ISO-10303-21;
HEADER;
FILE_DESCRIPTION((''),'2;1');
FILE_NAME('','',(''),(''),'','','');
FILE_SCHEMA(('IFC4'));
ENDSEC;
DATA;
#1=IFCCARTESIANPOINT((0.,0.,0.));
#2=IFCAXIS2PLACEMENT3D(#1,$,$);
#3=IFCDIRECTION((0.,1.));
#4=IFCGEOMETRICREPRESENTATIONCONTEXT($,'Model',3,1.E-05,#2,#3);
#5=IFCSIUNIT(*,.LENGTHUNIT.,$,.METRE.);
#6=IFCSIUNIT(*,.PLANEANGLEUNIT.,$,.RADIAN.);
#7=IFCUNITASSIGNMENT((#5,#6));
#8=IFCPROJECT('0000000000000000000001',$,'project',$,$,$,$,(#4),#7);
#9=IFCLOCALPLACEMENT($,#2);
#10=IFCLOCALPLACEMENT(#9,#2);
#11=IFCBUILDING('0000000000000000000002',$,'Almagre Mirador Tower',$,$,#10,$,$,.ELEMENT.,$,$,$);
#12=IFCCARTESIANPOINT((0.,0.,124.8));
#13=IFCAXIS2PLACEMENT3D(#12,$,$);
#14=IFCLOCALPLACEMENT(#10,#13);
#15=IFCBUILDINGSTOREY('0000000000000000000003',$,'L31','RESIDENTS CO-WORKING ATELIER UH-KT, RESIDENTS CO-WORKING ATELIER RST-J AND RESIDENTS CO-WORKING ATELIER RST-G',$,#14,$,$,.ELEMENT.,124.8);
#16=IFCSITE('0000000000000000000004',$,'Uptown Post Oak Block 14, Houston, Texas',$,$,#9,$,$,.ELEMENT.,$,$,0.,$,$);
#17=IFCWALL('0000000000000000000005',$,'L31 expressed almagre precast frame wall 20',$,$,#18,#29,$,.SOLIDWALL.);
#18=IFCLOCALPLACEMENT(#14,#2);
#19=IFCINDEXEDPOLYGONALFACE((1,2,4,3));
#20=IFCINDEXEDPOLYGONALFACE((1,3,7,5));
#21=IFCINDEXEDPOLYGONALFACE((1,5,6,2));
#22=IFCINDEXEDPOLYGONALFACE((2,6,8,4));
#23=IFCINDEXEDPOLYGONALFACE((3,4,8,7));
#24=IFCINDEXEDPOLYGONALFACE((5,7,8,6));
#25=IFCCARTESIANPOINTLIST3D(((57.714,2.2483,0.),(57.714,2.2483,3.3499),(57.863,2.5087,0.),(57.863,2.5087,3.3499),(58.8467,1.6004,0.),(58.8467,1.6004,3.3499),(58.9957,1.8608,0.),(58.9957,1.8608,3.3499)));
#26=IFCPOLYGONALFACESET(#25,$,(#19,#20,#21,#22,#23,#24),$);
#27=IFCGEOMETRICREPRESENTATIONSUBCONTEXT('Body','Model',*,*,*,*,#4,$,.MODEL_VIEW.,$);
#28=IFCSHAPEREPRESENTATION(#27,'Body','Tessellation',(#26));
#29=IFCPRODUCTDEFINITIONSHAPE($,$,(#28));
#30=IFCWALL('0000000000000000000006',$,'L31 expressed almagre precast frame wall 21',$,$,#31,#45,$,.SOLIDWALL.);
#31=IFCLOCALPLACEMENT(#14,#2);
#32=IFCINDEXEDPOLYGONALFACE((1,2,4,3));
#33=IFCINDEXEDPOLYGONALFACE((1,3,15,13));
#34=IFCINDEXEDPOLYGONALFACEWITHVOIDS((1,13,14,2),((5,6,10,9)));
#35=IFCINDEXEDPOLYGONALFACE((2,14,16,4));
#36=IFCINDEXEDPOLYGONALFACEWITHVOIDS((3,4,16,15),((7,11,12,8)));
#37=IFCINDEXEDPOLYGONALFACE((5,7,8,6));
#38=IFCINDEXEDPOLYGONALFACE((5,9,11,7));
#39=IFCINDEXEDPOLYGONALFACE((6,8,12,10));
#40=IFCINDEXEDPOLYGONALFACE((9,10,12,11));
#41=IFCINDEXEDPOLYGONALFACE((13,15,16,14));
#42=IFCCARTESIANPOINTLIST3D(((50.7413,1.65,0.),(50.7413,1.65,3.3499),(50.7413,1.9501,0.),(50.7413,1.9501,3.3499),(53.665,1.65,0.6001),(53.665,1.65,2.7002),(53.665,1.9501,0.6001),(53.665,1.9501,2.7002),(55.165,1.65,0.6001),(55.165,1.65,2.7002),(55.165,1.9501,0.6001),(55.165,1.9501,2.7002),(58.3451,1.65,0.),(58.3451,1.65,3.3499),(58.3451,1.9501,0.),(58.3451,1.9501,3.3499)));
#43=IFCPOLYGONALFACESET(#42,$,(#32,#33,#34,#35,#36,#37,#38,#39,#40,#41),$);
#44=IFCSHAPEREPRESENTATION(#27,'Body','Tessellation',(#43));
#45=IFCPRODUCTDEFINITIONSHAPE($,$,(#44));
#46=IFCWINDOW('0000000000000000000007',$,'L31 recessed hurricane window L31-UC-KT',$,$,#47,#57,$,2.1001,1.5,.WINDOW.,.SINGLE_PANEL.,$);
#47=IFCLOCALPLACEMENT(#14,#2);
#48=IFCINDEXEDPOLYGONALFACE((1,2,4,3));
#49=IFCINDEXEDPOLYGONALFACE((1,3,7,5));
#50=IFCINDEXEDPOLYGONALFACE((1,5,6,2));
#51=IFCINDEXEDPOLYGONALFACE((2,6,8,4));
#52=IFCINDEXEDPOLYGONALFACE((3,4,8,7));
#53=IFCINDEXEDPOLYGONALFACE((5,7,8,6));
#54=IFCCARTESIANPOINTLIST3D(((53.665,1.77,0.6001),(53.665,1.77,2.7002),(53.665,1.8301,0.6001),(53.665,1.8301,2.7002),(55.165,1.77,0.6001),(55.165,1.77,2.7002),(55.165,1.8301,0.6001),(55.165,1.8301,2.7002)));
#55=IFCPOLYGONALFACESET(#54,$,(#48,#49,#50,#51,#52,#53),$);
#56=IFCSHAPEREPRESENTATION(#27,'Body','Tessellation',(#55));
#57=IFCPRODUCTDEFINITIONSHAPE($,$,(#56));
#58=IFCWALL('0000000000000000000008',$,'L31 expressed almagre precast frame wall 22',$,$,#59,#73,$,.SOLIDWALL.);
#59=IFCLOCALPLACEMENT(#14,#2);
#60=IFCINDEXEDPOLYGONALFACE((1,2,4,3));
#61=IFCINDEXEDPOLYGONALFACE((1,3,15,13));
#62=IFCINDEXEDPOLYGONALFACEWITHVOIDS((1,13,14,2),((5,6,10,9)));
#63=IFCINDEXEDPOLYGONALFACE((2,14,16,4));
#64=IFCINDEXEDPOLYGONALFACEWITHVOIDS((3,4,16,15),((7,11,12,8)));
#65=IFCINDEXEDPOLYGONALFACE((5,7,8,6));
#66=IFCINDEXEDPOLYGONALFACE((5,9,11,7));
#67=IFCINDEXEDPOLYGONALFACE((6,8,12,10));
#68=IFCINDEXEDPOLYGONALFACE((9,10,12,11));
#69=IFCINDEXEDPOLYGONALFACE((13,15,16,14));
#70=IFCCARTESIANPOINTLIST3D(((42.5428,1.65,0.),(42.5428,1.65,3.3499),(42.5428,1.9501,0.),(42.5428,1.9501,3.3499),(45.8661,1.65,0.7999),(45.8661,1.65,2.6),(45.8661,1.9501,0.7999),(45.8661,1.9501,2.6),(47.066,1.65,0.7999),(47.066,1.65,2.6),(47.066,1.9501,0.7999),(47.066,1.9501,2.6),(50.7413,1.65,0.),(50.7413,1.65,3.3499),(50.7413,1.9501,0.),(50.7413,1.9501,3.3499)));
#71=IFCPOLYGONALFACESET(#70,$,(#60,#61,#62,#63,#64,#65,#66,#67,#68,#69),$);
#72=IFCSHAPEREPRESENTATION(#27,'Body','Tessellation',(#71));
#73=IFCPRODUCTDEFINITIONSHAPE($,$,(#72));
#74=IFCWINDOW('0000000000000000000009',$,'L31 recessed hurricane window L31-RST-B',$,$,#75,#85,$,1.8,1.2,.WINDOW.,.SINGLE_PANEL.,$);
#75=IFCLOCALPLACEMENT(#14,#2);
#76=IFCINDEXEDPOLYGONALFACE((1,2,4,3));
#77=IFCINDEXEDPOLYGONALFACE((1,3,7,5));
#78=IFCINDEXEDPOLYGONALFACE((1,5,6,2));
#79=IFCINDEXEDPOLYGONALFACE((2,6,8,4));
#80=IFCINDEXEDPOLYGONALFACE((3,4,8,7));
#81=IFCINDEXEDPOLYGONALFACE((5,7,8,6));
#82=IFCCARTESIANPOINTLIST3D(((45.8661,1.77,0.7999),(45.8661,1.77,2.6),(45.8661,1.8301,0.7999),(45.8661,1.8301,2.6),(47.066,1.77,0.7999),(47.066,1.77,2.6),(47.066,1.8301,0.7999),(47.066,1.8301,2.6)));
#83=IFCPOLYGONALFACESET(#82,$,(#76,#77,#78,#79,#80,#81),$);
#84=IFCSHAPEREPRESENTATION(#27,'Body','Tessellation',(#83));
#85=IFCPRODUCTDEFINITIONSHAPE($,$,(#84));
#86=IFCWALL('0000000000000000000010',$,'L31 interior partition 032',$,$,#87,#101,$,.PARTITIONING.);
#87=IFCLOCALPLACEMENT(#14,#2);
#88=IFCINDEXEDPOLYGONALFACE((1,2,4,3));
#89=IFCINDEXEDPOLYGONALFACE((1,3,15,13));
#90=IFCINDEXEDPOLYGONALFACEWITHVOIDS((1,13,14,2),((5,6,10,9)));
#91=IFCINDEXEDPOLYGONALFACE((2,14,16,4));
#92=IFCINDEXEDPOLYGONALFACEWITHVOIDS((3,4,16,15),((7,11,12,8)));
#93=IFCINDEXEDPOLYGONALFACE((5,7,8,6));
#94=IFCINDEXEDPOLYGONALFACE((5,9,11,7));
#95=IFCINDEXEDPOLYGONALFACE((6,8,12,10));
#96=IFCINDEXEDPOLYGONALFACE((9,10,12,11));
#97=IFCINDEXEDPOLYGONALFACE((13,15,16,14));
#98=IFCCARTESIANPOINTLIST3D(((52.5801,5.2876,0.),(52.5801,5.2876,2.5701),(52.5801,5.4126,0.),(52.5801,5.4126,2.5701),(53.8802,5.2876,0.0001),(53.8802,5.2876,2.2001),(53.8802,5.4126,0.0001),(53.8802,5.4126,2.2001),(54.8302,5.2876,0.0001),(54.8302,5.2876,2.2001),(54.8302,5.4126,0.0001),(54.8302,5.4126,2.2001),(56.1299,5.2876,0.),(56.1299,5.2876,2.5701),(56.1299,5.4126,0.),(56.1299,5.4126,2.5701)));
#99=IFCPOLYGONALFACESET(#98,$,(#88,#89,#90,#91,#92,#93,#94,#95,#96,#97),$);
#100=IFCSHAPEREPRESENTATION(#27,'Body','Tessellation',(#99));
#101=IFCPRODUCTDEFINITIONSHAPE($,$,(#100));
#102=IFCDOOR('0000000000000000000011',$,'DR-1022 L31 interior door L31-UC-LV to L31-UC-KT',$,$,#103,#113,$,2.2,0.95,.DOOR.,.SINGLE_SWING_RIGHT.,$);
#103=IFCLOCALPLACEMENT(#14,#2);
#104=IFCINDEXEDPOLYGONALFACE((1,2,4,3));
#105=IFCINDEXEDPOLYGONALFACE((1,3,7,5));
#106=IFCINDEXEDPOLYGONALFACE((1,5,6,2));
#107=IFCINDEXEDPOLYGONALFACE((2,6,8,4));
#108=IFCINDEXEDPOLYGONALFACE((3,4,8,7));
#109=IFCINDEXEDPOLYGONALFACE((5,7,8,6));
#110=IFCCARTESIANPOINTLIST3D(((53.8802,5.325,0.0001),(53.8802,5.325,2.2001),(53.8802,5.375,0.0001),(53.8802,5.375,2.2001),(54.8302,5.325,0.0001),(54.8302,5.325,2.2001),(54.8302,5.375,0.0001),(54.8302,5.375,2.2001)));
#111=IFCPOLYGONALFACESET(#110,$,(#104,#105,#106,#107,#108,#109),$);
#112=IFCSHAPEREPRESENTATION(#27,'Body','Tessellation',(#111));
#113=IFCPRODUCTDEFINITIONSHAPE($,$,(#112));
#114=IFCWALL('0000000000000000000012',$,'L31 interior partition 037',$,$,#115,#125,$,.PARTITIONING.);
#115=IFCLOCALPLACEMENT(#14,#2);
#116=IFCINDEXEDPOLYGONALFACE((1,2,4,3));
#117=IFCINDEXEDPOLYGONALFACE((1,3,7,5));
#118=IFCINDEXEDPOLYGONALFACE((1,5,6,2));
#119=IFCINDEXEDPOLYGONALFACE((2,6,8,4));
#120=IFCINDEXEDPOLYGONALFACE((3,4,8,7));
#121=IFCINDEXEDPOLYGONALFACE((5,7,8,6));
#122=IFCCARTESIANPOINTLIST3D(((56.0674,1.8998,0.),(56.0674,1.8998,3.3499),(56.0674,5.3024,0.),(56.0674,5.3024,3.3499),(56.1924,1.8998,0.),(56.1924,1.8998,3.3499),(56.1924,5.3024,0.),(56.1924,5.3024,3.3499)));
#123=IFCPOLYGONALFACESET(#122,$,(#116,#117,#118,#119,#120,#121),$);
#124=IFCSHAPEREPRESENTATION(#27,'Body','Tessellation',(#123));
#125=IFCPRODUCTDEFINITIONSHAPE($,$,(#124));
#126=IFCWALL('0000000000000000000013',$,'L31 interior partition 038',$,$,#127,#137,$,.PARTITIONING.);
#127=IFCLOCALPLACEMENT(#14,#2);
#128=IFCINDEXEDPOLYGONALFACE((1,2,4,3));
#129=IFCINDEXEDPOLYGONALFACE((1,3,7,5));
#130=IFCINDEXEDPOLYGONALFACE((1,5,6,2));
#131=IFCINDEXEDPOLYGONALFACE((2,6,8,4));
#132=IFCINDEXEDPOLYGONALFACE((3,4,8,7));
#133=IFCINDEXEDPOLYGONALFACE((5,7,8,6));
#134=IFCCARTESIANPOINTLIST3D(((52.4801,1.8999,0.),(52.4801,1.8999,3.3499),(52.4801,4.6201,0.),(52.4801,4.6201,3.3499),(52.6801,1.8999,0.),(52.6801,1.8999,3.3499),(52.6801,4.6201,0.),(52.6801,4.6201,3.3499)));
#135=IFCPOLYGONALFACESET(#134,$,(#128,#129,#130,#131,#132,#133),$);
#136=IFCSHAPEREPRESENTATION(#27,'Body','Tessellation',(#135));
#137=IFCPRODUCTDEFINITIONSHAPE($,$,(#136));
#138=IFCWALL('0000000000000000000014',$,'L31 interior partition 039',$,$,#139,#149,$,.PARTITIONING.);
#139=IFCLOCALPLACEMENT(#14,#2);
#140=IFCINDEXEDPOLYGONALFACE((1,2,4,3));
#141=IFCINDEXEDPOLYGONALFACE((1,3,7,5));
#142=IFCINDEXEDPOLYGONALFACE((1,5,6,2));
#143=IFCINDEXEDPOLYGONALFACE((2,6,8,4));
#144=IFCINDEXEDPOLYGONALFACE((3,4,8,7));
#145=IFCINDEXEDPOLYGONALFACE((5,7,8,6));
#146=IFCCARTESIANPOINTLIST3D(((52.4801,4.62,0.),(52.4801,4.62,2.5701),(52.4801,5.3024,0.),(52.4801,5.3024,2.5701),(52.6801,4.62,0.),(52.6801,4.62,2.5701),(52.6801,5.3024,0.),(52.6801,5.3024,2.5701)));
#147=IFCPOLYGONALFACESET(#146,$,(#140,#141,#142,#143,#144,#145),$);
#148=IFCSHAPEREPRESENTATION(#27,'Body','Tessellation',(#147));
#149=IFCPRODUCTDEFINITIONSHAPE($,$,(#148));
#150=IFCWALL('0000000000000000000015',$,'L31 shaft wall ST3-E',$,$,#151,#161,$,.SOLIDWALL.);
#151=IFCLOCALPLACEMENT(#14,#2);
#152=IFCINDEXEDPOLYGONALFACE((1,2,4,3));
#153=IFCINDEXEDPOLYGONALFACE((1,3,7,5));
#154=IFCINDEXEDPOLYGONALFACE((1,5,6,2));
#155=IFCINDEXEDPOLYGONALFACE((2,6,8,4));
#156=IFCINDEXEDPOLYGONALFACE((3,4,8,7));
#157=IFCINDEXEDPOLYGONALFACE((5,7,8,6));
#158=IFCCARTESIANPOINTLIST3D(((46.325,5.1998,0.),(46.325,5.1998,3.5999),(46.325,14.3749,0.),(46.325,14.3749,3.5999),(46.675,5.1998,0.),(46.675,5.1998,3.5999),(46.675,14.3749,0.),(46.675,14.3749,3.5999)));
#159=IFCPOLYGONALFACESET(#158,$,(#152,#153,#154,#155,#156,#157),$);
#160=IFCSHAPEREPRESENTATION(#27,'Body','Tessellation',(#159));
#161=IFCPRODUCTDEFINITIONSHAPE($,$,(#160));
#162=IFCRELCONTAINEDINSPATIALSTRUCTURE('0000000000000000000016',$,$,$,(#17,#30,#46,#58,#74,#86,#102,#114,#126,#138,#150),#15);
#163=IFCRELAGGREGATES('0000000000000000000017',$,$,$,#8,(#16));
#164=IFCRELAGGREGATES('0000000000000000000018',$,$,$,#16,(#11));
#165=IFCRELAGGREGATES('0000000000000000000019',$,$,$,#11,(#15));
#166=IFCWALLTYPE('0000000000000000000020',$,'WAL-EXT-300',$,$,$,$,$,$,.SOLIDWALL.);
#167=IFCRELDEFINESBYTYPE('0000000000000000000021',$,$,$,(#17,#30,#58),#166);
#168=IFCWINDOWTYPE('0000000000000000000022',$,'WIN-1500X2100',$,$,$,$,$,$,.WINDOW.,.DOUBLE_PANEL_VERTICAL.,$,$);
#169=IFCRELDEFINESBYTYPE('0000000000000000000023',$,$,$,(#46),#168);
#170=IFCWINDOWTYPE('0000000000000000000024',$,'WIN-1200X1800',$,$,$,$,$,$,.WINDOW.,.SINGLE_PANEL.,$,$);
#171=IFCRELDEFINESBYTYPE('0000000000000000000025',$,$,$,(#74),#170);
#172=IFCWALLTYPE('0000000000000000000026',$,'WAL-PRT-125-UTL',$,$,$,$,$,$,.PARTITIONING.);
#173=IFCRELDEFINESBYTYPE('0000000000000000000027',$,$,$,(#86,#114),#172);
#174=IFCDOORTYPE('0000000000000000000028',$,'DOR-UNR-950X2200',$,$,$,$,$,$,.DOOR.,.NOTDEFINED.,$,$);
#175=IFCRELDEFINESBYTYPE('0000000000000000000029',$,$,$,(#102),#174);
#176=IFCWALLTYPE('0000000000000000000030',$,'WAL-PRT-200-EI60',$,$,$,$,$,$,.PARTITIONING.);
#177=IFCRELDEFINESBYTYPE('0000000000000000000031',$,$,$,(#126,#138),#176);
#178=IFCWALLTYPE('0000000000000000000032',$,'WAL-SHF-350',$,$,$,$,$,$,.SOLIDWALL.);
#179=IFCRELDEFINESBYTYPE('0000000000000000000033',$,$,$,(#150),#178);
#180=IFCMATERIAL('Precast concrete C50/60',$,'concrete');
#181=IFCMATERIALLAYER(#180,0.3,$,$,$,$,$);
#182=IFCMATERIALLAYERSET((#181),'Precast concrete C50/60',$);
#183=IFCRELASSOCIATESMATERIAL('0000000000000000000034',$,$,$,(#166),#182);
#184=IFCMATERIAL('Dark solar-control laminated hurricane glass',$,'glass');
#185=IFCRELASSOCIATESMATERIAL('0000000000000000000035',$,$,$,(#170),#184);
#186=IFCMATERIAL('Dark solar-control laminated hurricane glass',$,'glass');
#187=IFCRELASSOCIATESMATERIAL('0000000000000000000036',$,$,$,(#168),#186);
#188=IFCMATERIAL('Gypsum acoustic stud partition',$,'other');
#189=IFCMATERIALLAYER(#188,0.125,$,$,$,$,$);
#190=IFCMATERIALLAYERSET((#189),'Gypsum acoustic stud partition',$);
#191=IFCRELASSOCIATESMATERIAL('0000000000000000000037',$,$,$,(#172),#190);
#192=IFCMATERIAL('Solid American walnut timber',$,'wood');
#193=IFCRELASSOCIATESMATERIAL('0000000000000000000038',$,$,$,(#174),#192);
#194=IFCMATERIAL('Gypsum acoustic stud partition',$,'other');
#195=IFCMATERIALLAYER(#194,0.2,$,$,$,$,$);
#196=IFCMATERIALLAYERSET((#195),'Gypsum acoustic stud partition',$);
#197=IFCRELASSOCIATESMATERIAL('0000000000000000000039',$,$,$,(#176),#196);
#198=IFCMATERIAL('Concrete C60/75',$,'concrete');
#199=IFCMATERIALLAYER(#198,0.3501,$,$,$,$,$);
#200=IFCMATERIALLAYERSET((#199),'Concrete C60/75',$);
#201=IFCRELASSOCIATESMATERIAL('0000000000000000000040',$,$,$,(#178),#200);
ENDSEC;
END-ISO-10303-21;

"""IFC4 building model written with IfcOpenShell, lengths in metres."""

from ifc_helpers import new_model, si_unit, direction, frame, frame_2d, origin, place, context, subcontext, project, spatial, rectangle, extrude, material, layer, layer_set, type_object, element, fill, save


model = new_model("IFC4")

# Units and contexts
model_context = context("Model", 3, precision=1e-05, world=origin(), true_north=direction((0.0, 1.0)))
body_context = subcontext(model_context, "Body", "Model", "MODEL_VIEW")
ifc_project = project(units=[si_unit("LENGTHUNIT", "METRE"), si_unit("PLANEANGLEUNIT", "RADIAN")], contexts=[model_context])

# Site, building, storey
site_placement = place(None, origin())
site = spatial("IfcSite", under=ifc_project, at=site_placement, Name="Uptown Post Oak Block 14, Houston, Texas", CompositionType="ELEMENT", RefElevation=0.0)
building_placement = place(site_placement, origin())
building = spatial("IfcBuilding", under=site, at=building_placement, Name="Almagre Mirador Tower", CompositionType="ELEMENT")
storey_placement = place(building_placement, frame((0.0, 0.0, 124.8)))
storey = spatial("IfcBuildingStorey", under=building, at=storey_placement, Name="L31", Description="RESIDENTS CO-WORKING ATELIER UH-KT, RESIDENTS CO-WORKING ATELIER RST-J AND RESIDENTS CO-WORKING ATELIER RST-G", CompositionType="ELEMENT", Elevation=124.8)

# Shared definitions
ifc_material_1 = material(Name="Precast concrete C50/60", Category="concrete")
ifc_layer_1 = layer(ifc_material_1, 0.3)
ifc_layer_set_1 = layer_set([ifc_layer_1], Name="Precast concrete C50/60")
wall_type_1 = type_object("IfcWallType", Name="WAL-EXT-300", PredefinedType="SOLIDWALL", material=ifc_layer_set_1)
ifc_material_2 = material(Name="Dark solar-control laminated hurricane glass", Category="glass")
window_type_1 = type_object("IfcWindowType", Name="WIN-1200X1800", PartitioningType="SINGLE_PANEL", PredefinedType="WINDOW", material=ifc_material_2)

# Wall
wall_1_placement = place(storey_placement, frame((57.7886, 2.3784, 0.0), z_axis=(0.0, 0.0, 1.0), x_axis=(0.868036, -0.496502, 0.0)))
element("IfcWall", 1, at=wall_1_placement, inside=storey, type_object=wall_type_1, Name="L31 expressed almagre precast frame wall 20", PredefinedType="SOLIDWALL", context=body_context, shape_type="SweptSolid", body=[
    extrude(rectangle(XDim=1.3049, YDim=0.3, at=frame_2d((0.6523, 0.0))), origin(), (0.0, 0.0, 1.0), 3.3499),
])

# Walls, openings, windows
wall_2_placement = place(storey_placement, frame((58.345, 1.8, 0.0), z_axis=(0.0, 0.0, 1.0), x_axis=(-1.0, 0.0, 0.0)))
wall_2 = element("IfcWall", 2, at=wall_2_placement, inside=storey, type_object=wall_type_1, Name="L31 expressed almagre precast frame wall 21", PredefinedType="SOLIDWALL", context=body_context, shape_type="SweptSolid", body=[
    extrude(rectangle(XDim=7.6038, YDim=0.3, at=frame_2d((3.8018, 0.0))), origin(), (0.0, 0.0, 1.0), 3.3499),
])
opening_1_placement = place(wall_2_placement, frame((3.1799, 0.0, 0.6001)))
opening_1 = element("IfcOpeningElement", 3, at=opening_1_placement, cuts=wall_2, PredefinedType="OPENING", context=body_context, shape_type="SweptSolid", body=[
    extrude(rectangle(XDim=1.5, YDim=2.1001, at=frame_2d((0.75, 1.05))), frame((0.0, 0.1599, 0.0), z_axis=(0.0, -1.0, 0.0), x_axis=(1.0, 0.0, 0.0)), (0.0, 0.0, 1.0), 0.32),
])
ifc_material_3 = material(Name="Dark solar-control laminated hurricane glass", Category="glass")
window_type_2 = type_object("IfcWindowType", Name="WIN-1500X2100", PartitioningType="DOUBLE_PANEL_VERTICAL", PredefinedType="WINDOW", material=ifc_material_3)
window_1_placement = place(opening_1_placement, origin())
window_1 = element("IfcWindow", 4, at=window_1_placement, inside=storey, type_object=window_type_2, Name="L31 recessed hurricane window L31-UC-KT", OverallHeight=2.1001, OverallWidth=1.5, PartitioningType="SINGLE_PANEL", PredefinedType="WINDOW", context=body_context, shape_type="SweptSolid", body=[
    extrude(rectangle(XDim=1.5, YDim=2.1001, at=frame_2d((0.75, 1.05))), frame((0.0, 0.03, 0.0), z_axis=(0.0, -1.0, 0.0), x_axis=(1.0, 0.0, 0.0)), (0.0, 0.0, 1.0), 0.0601),
])
fill(opening_1, window_1)
wall_3_placement = place(storey_placement, frame((50.7412, 1.8, 0.0), z_axis=(0.0, 0.0, 1.0), x_axis=(-1.0, 0.0, 0.0)))
wall_3 = element("IfcWall", 5, at=wall_3_placement, inside=storey, type_object=wall_type_1, Name="L31 expressed almagre precast frame wall 22", PredefinedType="SOLIDWALL", context=body_context, shape_type="SweptSolid", body=[
    extrude(rectangle(XDim=8.1985, YDim=0.3, at=frame_2d((4.0991, 0.0))), origin(), (0.0, 0.0, 1.0), 3.3499),
])
opening_2_placement = place(wall_3_placement, frame((3.675, 0.0, 0.8)))
opening_2 = element("IfcOpeningElement", 6, at=opening_2_placement, cuts=wall_3, PredefinedType="OPENING", context=body_context, shape_type="SweptSolid", body=[
    extrude(rectangle(XDim=1.2, YDim=1.8, at=frame_2d((0.6001, 0.8999))), frame((0.0, 0.1599, 0.0), z_axis=(0.0, -1.0, 0.0), x_axis=(1.0, 0.0, 0.0)), (0.0, 0.0, 1.0), 0.32),
])
window_2_placement = place(opening_2_placement, origin())
window_2 = element("IfcWindow", 7, at=window_2_placement, inside=storey, type_object=window_type_1, Name="L31 recessed hurricane window L31-RST-B", OverallHeight=1.8, OverallWidth=1.2, PartitioningType="SINGLE_PANEL", PredefinedType="WINDOW", context=body_context, shape_type="SweptSolid", body=[
    extrude(rectangle(XDim=1.2, YDim=1.8, at=frame_2d((0.6001, 0.8999))), frame((0.0, 0.03, 0.0), z_axis=(0.0, -1.0, 0.0), x_axis=(1.0, 0.0, 0.0)), (0.0, 0.0, 1.0), 0.0601),
])
fill(opening_2, window_2)

# Wall, opening, door
ifc_material_4 = material(Name="Gypsum acoustic stud partition", Category="other")
ifc_layer_2 = layer(ifc_material_4, 0.125)
ifc_layer_set_2 = layer_set([ifc_layer_2], Name="Gypsum acoustic stud partition")
wall_type_2 = type_object("IfcWallType", Name="WAL-PRT-125-UTL", PredefinedType="PARTITIONING", material=ifc_layer_set_2)
wall_4_placement = place(storey_placement, frame((52.5801, 5.3501, 0.0), z_axis=(0.0, 0.0, 1.0), x_axis=(1.0, 0.0, 0.0)))
wall_4 = element("IfcWall", 8, at=wall_4_placement, inside=storey, type_object=wall_type_2, Name="L31 interior partition 032", PredefinedType="PARTITIONING", context=body_context, shape_type="SweptSolid", body=[
    extrude(rectangle(XDim=3.5498, YDim=0.125, at=frame_2d((1.7749, 0.0))), origin(), (0.0, 0.0, 1.0), 2.5701),
])
opening_3_placement = place(wall_4_placement, frame((1.3, 0.0, 0.0)))
opening_3 = element("IfcOpeningElement", 9, at=opening_3_placement, cuts=wall_4, PredefinedType="OPENING", context=body_context, shape_type="SweptSolid", body=[
    extrude(rectangle(XDim=0.95, YDim=2.2, at=frame_2d((0.4751, 1.1001))), frame((0.0, 0.0725, 0.0), z_axis=(0.0, -1.0, 0.0), x_axis=(1.0, 0.0, 0.0)), (0.0, 0.0, 1.0), 0.145),
])
ifc_material_5 = material(Name="Solid American walnut timber", Category="wood")
door_type = type_object("IfcDoorType", Name="DOR-UNR-950X2200", OperationType="NOTDEFINED", PredefinedType="DOOR", material=ifc_material_5)
door_placement = place(opening_3_placement, origin())
door = element("IfcDoor", 10, at=door_placement, inside=storey, type_object=door_type, Name="DR-1022 L31 interior door L31-UC-LV to L31-UC-KT", OperationType="SINGLE_SWING_RIGHT", OverallHeight=2.2, OverallWidth=0.95, PredefinedType="DOOR", context=body_context, shape_type="SweptSolid", body=[
    extrude(rectangle(XDim=0.95, YDim=2.2, at=frame_2d((0.4751, 1.1001))), frame((0.0, 0.0249, 0.0), z_axis=(0.0, -1.0, 0.0), x_axis=(1.0, 0.0, 0.0)), (0.0, 0.0, 1.0), 0.05),
])
fill(opening_3, door)

# Walls
wall_5_placement = place(storey_placement, frame((56.1299, 1.8999, 0.0), z_axis=(0.0, 0.0, 1.0), x_axis=(0.0, 1.0, 0.0)))
element("IfcWall", 11, at=wall_5_placement, inside=storey, type_object=wall_type_2, Name="L31 interior partition 037", PredefinedType="PARTITIONING", context=body_context, shape_type="SweptSolid", body=[
    extrude(rectangle(XDim=3.4026, YDim=0.125, at=frame_2d((1.7012, 0.0))), origin(), (0.0, 0.0, 1.0), 3.3499),
])
ifc_material_6 = material(Name="Gypsum acoustic stud partition", Category="other")
ifc_layer_3 = layer(ifc_material_6, 0.2)
ifc_layer_set_3 = layer_set([ifc_layer_3], Name="Gypsum acoustic stud partition")
wall_type_3 = type_object("IfcWallType", Name="WAL-PRT-200-EI60", PredefinedType="PARTITIONING", material=ifc_layer_set_3)
wall_6_placement = place(storey_placement, frame((52.5801, 4.6201, 0.0), z_axis=(0.0, 0.0, 1.0), x_axis=(0.0, -1.0, 0.0)))
element("IfcWall", 12, at=wall_6_placement, inside=storey, type_object=wall_type_3, Name="L31 interior partition 038", PredefinedType="PARTITIONING", context=body_context, shape_type="SweptSolid", body=[
    extrude(rectangle(XDim=2.7202, YDim=0.2, at=frame_2d((1.3601, 0.0))), origin(), (0.0, 0.0, 1.0), 3.3499),
])
wall_7_placement = place(storey_placement, frame((52.5801, 5.3025, 0.0), z_axis=(0.0, 0.0, 1.0), x_axis=(0.0, -1.0, 0.0)))
element("IfcWall", 13, at=wall_7_placement, inside=storey, type_object=wall_type_3, Name="L31 interior partition 039", PredefinedType="PARTITIONING", context=body_context, shape_type="SweptSolid", body=[
    extrude(rectangle(XDim=0.6824, YDim=0.2, at=frame_2d((0.3413, 0.0))), origin(), (0.0, 0.0, 1.0), 2.5701),
])
ifc_material_7 = material(Name="Concrete C60/75", Category="concrete")
ifc_layer_4 = layer(ifc_material_7, 0.3501)
ifc_layer_set_4 = layer_set([ifc_layer_4], Name="Concrete C60/75")
wall_type_4 = type_object("IfcWallType", Name="WAL-SHF-350", PredefinedType="SOLIDWALL", material=ifc_layer_set_4)
wall_8_placement = place(storey_placement, frame((46.5, 5.2, 0.0), z_axis=(0.0, 0.0, 1.0), x_axis=(0.0, 1.0, 0.0)))
element("IfcWall", 14, at=wall_8_placement, inside=storey, type_object=wall_type_4, Name="L31 shaft wall ST3-E", PredefinedType="SOLIDWALL", context=body_context, shape_type="SweptSolid", body=[
    extrude(rectangle(XDim=9.175, YDim=0.3501, at=frame_2d((4.5874, 0.0))), origin(), (0.0, 0.0, 1.0), 3.5999),
])

save(model, "model.ifc")
